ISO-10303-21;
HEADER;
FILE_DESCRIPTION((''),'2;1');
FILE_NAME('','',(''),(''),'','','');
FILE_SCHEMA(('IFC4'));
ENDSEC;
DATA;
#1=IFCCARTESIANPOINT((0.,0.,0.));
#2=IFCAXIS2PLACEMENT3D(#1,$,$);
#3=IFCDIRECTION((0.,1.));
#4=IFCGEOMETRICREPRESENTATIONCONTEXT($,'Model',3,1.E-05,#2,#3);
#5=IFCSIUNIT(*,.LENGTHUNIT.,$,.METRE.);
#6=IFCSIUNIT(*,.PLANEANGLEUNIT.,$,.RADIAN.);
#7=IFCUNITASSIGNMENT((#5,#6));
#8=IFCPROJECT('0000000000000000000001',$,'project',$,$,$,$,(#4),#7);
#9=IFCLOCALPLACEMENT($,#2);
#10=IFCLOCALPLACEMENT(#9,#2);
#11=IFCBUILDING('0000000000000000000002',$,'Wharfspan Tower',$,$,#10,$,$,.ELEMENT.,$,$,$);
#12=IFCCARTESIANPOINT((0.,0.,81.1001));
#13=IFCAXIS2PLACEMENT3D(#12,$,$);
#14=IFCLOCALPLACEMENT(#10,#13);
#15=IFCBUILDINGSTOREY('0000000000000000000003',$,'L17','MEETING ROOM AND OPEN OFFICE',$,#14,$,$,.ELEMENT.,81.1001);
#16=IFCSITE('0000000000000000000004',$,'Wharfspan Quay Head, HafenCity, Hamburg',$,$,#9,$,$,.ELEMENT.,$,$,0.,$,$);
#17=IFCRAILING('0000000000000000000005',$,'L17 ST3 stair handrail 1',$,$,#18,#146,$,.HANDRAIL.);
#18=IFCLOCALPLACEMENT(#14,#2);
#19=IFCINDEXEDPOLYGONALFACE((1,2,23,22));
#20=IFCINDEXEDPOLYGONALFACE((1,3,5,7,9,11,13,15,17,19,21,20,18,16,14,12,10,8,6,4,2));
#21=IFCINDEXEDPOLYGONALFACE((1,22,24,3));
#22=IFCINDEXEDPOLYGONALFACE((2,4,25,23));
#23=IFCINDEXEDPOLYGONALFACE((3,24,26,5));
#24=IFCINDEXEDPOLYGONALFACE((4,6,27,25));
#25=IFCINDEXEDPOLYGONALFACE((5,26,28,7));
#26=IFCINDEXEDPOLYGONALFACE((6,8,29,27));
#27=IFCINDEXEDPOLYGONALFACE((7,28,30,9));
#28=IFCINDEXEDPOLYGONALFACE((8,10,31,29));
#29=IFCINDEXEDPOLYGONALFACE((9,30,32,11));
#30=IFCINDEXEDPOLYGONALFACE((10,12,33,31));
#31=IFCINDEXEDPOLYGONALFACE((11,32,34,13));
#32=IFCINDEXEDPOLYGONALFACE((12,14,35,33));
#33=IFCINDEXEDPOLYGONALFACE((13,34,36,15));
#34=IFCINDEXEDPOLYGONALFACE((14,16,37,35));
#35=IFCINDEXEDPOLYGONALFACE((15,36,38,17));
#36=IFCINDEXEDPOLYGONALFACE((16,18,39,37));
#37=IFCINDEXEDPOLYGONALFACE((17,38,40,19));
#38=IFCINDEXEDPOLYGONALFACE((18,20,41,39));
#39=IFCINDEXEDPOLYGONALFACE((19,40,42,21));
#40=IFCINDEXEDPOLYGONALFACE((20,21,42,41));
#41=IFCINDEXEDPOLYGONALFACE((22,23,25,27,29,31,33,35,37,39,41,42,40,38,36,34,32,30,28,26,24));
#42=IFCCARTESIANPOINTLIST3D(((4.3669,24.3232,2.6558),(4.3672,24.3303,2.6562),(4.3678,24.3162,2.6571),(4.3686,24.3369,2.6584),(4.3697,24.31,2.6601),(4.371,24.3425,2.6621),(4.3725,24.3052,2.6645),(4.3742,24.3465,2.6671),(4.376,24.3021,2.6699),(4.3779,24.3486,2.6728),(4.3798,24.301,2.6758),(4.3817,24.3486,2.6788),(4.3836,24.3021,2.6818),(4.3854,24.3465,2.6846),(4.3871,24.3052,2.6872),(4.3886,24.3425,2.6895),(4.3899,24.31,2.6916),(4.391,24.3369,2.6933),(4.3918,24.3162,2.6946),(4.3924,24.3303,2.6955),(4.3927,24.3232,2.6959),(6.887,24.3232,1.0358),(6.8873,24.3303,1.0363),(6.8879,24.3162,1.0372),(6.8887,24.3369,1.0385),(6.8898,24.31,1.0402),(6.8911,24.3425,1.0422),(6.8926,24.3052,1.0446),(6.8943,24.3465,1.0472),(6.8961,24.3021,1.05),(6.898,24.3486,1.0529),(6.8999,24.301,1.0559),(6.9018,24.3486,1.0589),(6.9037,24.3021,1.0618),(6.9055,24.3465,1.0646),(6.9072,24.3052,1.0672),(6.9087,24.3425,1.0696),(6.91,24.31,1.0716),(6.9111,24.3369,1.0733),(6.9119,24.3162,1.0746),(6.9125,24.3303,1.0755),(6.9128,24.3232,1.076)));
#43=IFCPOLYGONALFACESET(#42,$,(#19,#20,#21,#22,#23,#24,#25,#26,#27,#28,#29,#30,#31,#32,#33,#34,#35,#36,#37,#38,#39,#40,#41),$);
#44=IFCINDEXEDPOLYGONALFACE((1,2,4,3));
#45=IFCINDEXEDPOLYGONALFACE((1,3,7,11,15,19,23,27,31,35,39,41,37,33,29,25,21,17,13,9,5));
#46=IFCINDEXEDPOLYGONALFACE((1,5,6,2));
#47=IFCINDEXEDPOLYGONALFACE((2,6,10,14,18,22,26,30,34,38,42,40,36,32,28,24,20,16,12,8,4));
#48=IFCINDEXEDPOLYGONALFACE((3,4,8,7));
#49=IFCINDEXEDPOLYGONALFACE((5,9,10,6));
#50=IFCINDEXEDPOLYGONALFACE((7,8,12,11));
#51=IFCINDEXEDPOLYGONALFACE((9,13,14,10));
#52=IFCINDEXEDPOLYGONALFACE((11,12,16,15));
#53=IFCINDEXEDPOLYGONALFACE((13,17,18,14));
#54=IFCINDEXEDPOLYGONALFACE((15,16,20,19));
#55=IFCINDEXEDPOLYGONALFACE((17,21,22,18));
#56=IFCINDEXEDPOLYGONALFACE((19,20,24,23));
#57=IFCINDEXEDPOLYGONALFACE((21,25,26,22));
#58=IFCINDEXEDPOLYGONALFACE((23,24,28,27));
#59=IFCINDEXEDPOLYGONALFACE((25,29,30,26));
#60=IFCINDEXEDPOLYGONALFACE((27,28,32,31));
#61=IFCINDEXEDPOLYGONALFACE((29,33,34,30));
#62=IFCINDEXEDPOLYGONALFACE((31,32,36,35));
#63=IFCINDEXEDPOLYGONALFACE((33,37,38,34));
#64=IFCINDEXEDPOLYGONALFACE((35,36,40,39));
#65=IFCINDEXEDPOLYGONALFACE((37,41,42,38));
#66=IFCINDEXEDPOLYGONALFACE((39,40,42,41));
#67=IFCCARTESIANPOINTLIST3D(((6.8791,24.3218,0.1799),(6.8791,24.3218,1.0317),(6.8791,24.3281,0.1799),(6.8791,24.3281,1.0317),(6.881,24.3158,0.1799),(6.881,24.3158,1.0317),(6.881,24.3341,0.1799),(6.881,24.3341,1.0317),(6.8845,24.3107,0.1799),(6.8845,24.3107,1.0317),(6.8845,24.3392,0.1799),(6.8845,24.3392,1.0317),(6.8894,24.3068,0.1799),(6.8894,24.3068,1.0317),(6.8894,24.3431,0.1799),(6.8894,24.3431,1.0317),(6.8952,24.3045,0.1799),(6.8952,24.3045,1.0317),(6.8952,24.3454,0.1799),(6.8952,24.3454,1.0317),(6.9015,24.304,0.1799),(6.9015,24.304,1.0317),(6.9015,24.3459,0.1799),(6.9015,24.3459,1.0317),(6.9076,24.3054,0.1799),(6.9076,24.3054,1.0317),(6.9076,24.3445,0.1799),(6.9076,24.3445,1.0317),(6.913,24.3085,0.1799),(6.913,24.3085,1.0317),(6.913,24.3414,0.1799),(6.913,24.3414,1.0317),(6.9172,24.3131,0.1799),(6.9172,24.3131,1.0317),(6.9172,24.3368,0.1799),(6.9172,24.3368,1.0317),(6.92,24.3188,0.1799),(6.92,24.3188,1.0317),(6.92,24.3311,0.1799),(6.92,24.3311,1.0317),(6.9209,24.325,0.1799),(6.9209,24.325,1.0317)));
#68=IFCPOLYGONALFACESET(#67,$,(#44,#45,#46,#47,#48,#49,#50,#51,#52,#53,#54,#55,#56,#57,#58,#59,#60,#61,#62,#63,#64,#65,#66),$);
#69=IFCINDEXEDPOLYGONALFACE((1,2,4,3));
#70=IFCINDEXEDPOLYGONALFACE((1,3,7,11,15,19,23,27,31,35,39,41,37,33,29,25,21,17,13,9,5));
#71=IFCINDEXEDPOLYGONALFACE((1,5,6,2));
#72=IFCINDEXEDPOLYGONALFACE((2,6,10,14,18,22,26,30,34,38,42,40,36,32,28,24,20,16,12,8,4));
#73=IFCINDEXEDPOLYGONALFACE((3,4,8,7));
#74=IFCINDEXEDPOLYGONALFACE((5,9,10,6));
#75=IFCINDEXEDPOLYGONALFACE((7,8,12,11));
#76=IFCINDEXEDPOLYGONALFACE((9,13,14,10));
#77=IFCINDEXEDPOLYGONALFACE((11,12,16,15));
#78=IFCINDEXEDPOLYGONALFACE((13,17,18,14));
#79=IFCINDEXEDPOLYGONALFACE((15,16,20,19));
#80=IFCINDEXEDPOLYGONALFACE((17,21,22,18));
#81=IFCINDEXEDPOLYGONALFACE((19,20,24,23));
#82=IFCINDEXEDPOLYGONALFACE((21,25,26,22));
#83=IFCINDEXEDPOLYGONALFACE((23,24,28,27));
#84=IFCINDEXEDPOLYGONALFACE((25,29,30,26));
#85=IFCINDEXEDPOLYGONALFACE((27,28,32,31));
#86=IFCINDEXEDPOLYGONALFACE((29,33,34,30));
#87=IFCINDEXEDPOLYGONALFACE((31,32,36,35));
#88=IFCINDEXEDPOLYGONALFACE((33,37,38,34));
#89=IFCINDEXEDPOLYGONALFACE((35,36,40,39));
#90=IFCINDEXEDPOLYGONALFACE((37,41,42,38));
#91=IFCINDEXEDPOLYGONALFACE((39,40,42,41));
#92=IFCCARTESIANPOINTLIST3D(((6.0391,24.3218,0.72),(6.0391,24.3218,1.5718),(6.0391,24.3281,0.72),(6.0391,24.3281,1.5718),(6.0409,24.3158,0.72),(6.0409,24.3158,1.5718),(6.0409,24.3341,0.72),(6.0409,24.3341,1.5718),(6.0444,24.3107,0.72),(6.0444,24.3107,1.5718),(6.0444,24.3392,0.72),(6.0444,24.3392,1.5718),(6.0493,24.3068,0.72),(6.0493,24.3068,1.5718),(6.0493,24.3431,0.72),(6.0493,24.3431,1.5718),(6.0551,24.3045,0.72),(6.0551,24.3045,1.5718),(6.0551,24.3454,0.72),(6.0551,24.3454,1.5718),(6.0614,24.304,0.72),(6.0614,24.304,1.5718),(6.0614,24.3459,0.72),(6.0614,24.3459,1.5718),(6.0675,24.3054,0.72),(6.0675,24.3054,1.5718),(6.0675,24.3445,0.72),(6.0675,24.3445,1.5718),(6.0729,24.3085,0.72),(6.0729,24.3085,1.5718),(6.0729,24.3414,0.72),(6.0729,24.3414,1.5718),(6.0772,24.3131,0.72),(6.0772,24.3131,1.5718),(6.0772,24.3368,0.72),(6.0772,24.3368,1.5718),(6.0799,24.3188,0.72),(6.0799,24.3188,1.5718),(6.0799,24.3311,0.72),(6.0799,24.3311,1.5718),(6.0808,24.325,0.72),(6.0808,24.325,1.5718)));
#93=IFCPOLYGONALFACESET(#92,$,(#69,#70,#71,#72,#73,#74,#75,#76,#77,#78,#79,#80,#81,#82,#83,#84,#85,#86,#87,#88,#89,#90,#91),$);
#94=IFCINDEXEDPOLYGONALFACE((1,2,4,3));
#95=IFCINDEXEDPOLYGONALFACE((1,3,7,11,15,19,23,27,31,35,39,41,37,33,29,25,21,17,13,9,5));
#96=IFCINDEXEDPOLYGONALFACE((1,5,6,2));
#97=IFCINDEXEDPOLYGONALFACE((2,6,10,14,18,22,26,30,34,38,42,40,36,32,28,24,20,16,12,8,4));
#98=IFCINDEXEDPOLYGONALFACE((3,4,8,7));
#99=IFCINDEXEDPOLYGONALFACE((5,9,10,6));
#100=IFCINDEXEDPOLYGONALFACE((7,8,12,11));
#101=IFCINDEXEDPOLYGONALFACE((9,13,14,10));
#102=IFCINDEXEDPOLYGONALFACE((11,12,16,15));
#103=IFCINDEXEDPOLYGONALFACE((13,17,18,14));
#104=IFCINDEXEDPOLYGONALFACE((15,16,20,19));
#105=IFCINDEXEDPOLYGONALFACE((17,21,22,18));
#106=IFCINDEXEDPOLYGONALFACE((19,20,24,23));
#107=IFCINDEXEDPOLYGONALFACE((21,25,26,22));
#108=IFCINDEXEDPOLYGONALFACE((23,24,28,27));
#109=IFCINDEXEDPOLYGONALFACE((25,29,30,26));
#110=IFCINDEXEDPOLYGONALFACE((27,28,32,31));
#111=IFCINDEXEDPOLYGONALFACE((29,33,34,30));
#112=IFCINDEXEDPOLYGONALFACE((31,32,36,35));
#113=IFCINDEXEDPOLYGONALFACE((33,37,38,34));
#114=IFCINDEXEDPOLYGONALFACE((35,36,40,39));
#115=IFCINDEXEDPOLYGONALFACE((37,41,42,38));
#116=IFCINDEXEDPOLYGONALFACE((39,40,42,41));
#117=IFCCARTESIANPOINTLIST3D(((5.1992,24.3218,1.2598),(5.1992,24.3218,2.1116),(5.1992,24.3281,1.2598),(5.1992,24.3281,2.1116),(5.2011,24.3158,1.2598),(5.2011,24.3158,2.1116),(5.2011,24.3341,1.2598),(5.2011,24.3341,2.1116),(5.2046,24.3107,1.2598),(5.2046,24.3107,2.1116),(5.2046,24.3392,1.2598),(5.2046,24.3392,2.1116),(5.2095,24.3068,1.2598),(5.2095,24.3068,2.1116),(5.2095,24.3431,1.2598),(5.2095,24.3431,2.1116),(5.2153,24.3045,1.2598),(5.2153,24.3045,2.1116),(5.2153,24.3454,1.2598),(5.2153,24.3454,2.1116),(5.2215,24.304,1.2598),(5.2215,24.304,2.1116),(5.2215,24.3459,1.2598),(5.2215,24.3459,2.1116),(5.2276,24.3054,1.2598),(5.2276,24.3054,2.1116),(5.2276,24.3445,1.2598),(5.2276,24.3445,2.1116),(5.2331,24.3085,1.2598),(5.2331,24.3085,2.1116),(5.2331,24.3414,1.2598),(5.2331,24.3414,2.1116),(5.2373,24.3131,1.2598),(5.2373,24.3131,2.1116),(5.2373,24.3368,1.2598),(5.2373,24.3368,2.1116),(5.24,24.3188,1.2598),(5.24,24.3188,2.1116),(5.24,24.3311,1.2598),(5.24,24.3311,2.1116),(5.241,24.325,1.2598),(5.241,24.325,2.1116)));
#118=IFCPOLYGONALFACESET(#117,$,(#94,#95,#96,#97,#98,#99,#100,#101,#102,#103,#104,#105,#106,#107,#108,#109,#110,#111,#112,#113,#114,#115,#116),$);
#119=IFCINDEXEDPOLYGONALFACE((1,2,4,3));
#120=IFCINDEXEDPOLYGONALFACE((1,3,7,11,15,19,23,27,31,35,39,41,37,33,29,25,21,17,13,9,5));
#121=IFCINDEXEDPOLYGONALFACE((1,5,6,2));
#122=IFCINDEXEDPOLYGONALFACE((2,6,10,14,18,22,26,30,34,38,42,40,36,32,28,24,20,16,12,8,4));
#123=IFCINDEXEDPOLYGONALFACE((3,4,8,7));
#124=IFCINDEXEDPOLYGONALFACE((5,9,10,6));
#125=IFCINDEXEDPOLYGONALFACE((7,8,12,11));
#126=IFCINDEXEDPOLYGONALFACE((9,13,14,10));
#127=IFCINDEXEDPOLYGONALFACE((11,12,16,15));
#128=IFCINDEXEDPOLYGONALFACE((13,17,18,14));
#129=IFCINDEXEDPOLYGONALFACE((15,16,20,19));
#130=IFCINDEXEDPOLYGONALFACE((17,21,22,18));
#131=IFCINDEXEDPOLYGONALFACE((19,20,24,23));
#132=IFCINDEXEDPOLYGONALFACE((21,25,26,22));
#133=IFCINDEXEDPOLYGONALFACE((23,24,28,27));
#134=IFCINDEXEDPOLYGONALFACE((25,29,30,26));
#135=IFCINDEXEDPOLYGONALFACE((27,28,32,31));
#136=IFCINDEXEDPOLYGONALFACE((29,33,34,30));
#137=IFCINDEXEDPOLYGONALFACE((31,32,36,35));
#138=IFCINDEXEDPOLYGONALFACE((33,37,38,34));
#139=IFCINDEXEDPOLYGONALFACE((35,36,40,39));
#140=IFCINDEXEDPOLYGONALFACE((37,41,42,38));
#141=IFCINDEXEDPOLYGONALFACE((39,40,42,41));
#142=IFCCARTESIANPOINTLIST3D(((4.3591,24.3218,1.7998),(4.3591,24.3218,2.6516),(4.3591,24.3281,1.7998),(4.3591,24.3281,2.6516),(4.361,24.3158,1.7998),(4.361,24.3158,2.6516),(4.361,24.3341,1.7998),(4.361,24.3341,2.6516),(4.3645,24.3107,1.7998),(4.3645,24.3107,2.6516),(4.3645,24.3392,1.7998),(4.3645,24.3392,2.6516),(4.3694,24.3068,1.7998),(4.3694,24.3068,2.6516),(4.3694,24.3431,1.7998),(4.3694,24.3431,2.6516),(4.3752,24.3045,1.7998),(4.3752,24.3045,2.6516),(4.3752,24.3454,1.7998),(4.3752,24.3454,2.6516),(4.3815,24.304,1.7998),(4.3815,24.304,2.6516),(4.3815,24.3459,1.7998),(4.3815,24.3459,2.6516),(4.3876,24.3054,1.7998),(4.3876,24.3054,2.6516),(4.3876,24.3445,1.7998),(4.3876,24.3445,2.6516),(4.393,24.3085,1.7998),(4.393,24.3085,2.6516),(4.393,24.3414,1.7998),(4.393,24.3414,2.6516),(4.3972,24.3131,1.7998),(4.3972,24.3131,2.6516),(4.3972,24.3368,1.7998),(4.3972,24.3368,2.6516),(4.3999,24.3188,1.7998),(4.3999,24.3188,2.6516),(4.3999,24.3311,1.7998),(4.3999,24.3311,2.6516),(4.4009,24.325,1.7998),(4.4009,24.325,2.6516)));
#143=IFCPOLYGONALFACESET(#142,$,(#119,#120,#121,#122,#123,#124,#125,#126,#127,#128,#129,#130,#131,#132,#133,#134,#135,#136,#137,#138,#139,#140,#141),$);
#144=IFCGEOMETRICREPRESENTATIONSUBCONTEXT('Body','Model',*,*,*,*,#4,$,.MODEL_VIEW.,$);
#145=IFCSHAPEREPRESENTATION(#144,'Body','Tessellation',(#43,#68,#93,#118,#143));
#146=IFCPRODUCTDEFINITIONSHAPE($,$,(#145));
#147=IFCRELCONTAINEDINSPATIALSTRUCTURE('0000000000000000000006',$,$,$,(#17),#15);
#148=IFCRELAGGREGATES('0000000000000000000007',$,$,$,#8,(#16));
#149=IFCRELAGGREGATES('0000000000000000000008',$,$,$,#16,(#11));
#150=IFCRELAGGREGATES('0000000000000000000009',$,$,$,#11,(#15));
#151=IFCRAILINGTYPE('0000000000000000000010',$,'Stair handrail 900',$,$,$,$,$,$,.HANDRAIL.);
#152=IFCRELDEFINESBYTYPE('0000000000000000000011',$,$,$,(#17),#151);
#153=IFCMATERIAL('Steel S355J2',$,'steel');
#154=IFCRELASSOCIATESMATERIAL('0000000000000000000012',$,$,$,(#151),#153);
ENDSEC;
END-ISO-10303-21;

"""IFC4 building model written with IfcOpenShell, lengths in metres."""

from ifc_helpers import new_model, si_unit, direction, frame, origin, origin_2d, place, context, subcontext, project, spatial, circle, extrude, material, type_object, element, save


model = new_model("IFC4")

# Units and contexts
model_context = context("Model", 3, precision=1e-05, world=origin(), true_north=direction((0.0, 1.0)))
body_context = subcontext(model_context, "Body", "Model", "MODEL_VIEW")
ifc_project = project(units=[si_unit("LENGTHUNIT", "METRE"), si_unit("PLANEANGLEUNIT", "RADIAN")], contexts=[model_context])

# Site, building, storey
site_placement = place(None, origin())
site = spatial("IfcSite", under=ifc_project, at=site_placement, Name="Wharfspan Quay Head, HafenCity, Hamburg", CompositionType="ELEMENT", RefElevation=0.0)
building_placement = place(site_placement, origin())
building = spatial("IfcBuilding", under=site, at=building_placement, Name="Wharfspan Tower", CompositionType="ELEMENT")
storey_placement = place(building_placement, frame((0.0, 0.0, 81.1001)))
storey = spatial("IfcBuildingStorey", under=building, at=storey_placement, Name="L17", Description="MEETING ROOM AND OPEN OFFICE", CompositionType="ELEMENT", Elevation=81.1001)

# Shared definitions
ifc_material_1 = material(Name="Steel S355J2", Category="steel")

# Railing
railing_type_1 = type_object("IfcRailingType", Name="Stair handrail 900", PredefinedType="HANDRAIL", material=ifc_material_1)
railing_1_placement = place(storey_placement, frame((6.8999, 24.325, 0.1799)))
element("IfcRailing", 1, at=railing_1_placement, inside=storey, type_object=railing_type_1, Name="L17 ST3 stair handrail 1", PredefinedType="HANDRAIL", context=body_context, shape_type="SweptSolid", body=[
    extrude(circle(Radius=0.0239, at=origin_2d()), frame((0.0, 0.0, 0.876), z_axis=(-0.8412, 0.0, 0.540725), x_axis=(0.0, -1.0, 0.0)), (0.0, 0.0, 1.0), 2.9958),
    extrude(circle(Radius=0.021, at=origin_2d()), origin(), (0.0, 0.0, 1.0), 0.8518),
    extrude(circle(Radius=0.021, at=origin_2d()), frame((-0.8401, 0.0, 0.54)), (0.0, 0.0, 1.0), 0.8518),
    extrude(circle(Radius=0.021, at=origin_2d()), frame((-1.6799, 0.0, 1.0798)), (0.0, 0.0, 1.0), 0.8518),
    extrude(circle(Radius=0.021, at=origin_2d()), frame((-2.52, 0.0, 1.6199)), (0.0, 0.0, 1.0), 0.8518),
])

save(model, "model.ifc")
